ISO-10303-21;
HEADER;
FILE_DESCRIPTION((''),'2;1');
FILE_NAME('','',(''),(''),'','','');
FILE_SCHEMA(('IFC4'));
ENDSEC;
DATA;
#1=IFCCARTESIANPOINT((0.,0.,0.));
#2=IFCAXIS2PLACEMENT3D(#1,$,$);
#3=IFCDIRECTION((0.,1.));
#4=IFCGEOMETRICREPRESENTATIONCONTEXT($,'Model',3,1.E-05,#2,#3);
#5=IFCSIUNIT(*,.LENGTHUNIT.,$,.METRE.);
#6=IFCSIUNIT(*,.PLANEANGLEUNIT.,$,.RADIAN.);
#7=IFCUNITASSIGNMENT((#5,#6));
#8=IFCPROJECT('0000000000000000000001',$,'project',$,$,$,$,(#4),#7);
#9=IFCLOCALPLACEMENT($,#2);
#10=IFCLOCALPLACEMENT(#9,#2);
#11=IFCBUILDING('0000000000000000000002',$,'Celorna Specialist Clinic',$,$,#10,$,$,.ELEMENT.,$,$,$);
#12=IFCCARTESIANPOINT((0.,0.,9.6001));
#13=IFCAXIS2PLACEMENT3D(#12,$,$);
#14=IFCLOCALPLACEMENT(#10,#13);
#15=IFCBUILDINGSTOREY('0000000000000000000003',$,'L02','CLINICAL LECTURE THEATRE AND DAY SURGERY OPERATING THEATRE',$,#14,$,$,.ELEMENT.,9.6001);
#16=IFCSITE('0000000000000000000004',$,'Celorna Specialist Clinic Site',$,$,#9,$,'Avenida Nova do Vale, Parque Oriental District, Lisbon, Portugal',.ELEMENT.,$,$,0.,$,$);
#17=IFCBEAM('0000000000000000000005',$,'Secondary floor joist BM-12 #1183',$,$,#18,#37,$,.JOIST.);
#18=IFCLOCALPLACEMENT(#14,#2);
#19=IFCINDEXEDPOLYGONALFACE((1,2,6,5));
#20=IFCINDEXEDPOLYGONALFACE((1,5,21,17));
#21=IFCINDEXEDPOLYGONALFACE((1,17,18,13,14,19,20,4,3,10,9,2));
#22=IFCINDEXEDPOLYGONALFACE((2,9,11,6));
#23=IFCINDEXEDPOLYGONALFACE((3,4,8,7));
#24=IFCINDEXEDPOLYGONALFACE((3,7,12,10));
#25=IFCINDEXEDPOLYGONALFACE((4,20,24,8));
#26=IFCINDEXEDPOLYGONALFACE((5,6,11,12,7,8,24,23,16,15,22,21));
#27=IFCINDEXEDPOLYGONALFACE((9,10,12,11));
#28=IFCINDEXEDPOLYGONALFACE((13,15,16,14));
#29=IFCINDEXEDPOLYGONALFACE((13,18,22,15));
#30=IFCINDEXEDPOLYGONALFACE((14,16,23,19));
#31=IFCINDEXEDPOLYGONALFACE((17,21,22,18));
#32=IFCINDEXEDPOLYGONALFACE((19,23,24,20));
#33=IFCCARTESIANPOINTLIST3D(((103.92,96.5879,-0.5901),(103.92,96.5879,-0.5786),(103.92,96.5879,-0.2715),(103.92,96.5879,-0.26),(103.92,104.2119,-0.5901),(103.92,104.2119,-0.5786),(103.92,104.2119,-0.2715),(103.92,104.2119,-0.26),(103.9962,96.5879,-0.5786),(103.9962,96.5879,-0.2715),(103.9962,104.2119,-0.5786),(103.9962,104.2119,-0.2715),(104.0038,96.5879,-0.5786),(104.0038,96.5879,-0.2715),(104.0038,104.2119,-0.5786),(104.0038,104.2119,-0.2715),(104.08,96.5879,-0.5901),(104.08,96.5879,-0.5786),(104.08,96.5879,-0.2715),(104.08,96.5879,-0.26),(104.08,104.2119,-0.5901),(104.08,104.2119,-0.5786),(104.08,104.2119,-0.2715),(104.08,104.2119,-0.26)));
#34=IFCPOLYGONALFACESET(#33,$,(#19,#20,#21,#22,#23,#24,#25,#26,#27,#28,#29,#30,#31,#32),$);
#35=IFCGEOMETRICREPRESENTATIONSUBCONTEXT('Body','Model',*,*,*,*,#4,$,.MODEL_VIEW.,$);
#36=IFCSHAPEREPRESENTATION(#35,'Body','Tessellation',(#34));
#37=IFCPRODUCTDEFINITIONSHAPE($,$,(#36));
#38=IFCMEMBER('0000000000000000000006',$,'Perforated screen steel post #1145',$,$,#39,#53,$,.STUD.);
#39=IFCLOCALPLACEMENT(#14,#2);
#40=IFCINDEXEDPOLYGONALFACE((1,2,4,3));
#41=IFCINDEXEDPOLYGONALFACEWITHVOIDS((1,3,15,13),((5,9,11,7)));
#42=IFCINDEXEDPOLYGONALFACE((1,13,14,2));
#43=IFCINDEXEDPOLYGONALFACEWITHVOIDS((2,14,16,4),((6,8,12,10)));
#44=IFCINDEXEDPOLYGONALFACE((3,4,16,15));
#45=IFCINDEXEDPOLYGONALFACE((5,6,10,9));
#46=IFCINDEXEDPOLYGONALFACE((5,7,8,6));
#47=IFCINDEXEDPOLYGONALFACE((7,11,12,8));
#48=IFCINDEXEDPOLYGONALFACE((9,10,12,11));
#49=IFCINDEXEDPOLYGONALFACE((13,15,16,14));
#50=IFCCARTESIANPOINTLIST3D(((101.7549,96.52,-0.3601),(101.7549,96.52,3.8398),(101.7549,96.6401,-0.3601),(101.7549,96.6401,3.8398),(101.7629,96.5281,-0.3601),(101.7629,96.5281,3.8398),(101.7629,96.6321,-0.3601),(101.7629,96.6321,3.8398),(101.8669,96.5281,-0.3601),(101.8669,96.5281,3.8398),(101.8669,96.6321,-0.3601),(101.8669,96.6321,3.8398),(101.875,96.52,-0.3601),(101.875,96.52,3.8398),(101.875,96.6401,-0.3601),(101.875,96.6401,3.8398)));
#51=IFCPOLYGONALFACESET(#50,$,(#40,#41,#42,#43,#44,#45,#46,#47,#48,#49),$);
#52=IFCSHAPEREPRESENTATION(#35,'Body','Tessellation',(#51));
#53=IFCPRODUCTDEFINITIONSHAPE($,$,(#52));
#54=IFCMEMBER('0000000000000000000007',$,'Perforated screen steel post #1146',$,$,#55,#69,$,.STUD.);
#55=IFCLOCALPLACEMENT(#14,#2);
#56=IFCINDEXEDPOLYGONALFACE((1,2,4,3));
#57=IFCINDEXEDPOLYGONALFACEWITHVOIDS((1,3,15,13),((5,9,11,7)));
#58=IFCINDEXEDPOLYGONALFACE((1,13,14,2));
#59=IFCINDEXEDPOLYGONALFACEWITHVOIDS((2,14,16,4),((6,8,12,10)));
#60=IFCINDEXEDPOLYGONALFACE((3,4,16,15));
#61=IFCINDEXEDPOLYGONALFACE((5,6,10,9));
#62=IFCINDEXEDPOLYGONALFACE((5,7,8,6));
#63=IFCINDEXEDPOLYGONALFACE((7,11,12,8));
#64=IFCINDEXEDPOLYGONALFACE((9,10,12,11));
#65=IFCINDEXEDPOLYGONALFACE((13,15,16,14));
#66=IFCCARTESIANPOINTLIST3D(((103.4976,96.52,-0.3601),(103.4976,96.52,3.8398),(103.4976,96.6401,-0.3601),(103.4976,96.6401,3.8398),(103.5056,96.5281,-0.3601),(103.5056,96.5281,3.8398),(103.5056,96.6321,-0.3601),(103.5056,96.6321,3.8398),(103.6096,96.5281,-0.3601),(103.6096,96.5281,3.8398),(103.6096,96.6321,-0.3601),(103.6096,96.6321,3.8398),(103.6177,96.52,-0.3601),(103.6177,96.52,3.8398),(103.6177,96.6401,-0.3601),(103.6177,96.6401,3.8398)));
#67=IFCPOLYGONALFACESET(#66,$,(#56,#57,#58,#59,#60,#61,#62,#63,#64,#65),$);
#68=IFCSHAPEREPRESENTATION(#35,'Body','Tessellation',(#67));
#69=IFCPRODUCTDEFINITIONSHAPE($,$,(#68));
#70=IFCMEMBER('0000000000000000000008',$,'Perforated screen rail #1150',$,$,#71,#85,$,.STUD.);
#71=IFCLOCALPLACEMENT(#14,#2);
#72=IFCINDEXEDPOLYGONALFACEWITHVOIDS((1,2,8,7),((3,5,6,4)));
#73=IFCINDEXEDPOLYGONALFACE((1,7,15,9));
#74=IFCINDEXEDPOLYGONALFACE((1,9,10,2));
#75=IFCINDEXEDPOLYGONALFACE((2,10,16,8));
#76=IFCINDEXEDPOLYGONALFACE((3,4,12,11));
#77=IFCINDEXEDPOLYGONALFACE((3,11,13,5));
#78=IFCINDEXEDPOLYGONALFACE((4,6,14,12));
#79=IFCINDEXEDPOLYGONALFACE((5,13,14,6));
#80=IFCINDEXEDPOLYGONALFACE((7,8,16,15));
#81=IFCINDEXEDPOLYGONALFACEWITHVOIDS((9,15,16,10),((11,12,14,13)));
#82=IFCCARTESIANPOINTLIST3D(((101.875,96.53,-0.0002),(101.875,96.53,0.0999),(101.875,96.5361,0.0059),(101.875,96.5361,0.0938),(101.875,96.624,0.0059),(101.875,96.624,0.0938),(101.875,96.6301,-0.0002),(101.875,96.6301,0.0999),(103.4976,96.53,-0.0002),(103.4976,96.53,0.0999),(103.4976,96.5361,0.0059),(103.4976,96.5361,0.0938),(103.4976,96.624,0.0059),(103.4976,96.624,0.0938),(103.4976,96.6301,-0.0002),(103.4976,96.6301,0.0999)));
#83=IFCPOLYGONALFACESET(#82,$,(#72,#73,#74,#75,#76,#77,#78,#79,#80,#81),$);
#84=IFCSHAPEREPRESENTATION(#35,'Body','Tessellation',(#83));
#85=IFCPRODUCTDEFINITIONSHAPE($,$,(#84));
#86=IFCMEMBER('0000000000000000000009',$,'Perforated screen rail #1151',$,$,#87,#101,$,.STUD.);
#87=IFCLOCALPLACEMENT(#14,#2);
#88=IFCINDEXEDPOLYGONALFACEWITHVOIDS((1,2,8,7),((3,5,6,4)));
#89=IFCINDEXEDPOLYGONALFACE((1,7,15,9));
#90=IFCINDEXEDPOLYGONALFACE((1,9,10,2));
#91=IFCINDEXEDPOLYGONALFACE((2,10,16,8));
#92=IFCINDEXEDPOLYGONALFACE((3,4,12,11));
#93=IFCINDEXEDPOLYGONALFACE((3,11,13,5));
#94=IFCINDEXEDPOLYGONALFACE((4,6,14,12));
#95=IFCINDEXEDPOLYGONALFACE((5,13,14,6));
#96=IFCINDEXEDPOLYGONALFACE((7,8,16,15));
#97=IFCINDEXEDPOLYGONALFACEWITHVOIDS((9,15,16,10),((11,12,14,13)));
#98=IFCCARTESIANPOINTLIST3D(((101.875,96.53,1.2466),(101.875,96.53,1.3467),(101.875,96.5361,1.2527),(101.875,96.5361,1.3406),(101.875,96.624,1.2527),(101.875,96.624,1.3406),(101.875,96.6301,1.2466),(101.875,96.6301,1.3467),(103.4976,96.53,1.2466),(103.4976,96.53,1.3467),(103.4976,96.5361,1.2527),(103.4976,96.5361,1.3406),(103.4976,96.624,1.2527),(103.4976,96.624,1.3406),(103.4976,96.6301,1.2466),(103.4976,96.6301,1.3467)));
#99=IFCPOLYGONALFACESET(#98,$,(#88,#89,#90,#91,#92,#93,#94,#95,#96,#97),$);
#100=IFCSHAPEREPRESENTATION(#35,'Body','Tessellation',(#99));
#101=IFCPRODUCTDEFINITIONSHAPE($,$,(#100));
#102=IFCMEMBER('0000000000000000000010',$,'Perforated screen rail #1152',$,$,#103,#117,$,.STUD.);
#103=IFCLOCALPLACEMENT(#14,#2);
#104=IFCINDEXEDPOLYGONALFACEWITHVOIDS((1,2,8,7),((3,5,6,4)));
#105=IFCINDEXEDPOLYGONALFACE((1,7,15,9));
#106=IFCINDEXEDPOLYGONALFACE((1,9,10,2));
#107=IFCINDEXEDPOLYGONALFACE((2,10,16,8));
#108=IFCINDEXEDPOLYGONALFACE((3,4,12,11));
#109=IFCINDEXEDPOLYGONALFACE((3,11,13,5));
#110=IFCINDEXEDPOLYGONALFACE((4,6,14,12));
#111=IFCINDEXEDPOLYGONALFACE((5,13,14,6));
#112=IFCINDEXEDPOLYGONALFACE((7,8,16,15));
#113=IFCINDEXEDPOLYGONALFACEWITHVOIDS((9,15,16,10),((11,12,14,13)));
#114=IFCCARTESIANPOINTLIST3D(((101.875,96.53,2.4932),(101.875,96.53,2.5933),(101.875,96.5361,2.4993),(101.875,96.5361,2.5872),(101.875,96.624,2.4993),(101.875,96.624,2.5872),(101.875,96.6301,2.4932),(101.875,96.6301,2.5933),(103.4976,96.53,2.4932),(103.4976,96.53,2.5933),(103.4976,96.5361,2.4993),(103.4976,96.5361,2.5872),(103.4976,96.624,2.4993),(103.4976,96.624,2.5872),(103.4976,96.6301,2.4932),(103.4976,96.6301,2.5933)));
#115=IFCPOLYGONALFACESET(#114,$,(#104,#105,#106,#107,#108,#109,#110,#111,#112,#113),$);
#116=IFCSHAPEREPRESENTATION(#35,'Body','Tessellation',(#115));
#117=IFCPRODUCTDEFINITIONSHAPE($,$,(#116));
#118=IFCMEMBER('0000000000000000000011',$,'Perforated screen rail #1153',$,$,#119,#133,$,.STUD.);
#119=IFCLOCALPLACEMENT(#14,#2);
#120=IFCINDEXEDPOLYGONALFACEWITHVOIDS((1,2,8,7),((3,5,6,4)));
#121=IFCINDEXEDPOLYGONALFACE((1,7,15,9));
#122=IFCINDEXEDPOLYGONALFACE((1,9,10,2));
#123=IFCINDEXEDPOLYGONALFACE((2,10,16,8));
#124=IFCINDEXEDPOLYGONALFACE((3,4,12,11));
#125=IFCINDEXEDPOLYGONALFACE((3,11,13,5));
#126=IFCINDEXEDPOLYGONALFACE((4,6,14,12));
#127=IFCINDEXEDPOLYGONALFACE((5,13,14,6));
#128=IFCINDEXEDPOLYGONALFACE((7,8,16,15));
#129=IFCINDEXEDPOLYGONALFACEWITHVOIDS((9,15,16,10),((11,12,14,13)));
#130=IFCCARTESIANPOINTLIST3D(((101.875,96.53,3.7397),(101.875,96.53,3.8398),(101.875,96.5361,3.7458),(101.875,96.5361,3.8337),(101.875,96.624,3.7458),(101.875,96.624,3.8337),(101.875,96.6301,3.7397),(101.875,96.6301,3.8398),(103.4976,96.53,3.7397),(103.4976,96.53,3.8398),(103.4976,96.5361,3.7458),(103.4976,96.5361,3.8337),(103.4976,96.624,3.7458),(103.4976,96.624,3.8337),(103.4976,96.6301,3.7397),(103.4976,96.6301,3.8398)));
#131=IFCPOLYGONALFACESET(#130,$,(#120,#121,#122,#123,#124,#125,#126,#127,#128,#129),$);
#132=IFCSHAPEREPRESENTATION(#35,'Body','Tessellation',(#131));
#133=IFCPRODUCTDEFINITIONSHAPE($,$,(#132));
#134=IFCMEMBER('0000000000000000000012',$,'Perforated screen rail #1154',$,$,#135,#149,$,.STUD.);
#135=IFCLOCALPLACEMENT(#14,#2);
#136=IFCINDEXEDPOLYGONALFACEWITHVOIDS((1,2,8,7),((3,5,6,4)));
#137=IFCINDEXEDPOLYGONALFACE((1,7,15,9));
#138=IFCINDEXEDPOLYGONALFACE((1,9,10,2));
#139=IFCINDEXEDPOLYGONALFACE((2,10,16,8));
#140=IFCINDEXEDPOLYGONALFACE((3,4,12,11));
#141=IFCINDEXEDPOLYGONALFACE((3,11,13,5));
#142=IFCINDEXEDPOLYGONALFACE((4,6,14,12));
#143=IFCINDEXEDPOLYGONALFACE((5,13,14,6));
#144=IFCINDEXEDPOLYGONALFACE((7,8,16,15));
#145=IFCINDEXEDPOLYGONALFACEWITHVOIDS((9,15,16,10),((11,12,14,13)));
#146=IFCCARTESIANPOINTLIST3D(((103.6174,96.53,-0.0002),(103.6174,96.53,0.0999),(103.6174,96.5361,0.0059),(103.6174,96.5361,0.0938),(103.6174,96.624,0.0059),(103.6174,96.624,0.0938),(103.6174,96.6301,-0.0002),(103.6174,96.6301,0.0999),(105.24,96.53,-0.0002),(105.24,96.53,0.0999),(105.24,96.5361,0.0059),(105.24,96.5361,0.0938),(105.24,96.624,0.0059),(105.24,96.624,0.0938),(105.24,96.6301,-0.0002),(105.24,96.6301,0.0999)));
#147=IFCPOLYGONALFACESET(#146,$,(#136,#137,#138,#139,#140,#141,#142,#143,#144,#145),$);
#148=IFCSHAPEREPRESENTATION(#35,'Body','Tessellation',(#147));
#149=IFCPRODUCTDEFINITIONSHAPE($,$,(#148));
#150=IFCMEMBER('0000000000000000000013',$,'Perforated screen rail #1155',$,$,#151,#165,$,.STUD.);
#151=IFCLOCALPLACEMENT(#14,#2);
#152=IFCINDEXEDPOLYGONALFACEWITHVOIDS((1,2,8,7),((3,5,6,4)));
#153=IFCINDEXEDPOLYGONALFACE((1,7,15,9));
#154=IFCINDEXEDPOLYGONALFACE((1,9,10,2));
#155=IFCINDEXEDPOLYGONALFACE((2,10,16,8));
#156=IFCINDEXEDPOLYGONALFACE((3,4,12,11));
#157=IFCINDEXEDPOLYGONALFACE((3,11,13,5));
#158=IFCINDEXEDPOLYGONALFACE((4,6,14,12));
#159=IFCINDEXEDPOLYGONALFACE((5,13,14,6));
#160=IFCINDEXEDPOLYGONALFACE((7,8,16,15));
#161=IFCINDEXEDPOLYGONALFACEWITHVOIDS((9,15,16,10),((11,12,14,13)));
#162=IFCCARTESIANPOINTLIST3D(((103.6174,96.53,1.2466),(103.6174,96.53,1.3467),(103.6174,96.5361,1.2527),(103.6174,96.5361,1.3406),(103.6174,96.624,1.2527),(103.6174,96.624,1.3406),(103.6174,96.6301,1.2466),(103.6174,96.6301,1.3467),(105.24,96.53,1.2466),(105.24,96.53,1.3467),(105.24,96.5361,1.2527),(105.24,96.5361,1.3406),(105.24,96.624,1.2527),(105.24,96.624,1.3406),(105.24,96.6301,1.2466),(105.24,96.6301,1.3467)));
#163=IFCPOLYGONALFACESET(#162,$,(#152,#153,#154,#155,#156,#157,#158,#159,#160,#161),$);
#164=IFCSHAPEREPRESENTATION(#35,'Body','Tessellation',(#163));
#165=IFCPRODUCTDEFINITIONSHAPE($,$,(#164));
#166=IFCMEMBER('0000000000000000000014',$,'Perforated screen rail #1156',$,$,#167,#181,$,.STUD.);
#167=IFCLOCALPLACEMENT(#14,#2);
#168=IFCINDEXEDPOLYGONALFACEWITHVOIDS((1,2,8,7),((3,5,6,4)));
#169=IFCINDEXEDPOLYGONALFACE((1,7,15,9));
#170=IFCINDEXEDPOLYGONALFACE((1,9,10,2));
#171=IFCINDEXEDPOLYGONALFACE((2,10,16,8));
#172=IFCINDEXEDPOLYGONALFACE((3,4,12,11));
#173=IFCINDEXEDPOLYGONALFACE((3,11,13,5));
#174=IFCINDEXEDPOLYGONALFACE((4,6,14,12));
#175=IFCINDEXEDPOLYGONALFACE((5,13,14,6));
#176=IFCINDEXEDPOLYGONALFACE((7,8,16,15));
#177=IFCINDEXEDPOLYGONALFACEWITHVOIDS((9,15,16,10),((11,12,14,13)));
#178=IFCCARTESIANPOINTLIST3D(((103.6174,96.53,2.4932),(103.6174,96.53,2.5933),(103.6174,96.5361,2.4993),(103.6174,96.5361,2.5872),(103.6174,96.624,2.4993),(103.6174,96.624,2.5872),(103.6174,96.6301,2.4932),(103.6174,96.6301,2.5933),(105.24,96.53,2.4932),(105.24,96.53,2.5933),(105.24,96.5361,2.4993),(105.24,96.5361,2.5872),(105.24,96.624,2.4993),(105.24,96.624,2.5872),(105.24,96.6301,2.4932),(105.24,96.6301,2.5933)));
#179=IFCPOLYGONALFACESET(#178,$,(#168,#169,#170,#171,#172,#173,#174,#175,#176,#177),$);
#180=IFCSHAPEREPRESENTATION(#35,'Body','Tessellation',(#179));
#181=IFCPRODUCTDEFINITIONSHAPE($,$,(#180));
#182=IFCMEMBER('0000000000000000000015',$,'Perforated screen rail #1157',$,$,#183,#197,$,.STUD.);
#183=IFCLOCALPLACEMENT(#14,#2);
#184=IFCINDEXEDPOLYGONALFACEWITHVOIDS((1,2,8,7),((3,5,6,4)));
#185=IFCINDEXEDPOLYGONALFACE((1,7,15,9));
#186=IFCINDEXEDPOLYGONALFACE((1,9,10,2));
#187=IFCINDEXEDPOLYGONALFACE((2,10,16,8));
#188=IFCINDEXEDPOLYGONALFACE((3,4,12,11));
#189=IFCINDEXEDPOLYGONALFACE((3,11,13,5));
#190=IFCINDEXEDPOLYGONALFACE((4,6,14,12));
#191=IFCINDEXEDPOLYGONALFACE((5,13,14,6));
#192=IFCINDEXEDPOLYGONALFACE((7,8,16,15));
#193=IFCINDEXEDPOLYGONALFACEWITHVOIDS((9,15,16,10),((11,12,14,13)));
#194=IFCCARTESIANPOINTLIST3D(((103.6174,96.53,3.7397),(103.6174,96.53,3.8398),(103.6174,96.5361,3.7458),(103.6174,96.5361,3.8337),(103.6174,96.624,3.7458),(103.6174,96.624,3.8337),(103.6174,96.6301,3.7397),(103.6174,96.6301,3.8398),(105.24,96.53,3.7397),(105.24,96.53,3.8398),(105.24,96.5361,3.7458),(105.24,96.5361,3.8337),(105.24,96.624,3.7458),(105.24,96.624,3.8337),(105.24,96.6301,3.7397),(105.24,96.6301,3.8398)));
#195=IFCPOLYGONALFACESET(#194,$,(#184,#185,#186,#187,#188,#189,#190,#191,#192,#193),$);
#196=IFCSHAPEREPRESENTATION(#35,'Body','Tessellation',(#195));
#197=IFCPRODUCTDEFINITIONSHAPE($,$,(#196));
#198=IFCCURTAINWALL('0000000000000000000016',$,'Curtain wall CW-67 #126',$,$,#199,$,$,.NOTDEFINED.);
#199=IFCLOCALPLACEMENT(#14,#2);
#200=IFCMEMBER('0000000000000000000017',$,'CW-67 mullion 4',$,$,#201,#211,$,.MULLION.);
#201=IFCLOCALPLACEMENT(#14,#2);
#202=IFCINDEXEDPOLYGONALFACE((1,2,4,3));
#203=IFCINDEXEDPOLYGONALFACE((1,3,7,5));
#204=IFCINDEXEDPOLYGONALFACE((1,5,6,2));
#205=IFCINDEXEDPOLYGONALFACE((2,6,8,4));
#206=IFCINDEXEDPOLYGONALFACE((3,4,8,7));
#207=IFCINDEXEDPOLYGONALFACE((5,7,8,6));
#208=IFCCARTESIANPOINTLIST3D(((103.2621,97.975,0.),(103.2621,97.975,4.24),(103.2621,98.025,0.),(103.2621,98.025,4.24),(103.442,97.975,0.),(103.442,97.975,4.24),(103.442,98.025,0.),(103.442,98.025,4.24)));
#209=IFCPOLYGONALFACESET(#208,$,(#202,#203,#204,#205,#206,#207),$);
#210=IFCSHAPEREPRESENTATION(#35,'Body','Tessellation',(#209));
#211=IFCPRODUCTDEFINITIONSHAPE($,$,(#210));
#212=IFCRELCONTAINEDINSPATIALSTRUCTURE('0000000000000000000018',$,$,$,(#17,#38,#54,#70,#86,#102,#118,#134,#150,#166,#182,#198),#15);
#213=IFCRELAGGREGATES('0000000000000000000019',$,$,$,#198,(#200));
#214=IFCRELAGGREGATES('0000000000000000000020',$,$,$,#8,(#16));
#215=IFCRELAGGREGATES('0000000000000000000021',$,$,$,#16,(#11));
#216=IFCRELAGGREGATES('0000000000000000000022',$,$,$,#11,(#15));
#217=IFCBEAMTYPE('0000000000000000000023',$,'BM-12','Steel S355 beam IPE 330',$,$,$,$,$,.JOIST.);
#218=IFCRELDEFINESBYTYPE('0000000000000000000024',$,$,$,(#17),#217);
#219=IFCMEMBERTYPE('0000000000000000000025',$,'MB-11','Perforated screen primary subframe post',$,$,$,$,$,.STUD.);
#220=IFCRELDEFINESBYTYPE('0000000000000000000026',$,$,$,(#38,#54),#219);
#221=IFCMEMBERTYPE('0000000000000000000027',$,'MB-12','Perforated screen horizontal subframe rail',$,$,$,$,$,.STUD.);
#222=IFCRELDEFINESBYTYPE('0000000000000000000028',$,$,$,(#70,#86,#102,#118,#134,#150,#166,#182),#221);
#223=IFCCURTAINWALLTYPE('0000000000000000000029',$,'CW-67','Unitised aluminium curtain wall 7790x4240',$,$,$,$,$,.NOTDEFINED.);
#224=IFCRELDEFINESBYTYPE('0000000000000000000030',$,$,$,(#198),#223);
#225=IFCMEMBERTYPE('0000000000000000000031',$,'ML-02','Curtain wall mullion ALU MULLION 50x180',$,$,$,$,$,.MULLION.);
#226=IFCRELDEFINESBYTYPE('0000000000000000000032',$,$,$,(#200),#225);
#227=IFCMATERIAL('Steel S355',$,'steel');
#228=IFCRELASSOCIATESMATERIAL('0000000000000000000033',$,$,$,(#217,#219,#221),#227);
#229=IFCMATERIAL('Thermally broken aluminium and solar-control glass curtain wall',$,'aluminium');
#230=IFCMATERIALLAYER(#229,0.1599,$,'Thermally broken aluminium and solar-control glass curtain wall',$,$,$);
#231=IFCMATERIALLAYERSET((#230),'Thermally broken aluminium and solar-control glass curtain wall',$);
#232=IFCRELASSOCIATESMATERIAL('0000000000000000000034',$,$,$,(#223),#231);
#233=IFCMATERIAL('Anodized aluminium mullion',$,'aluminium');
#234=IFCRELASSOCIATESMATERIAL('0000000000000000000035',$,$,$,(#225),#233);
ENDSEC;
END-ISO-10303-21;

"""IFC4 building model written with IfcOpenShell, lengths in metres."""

from ifc_helpers import new_model, si_unit, direction, frame, origin, origin_2d, place, context, subcontext, project, spatial, rectangle, hollow_rectangle, i_section, extrude, material, layer, layer_set, material_profile, profile_set, type_object, element, aggregate, save


model = new_model("IFC4")

# Units and contexts
model_context = context("Model", 3, precision=1e-05, world=origin(), true_north=direction((0.0, 1.0)))
body_context = subcontext(model_context, "Body", "Model", "MODEL_VIEW")
ifc_project = project(units=[si_unit("LENGTHUNIT", "METRE"), si_unit("PLANEANGLEUNIT", "RADIAN")], contexts=[model_context])

# Site, building, storey
site_placement = place(None, origin())
site = spatial("IfcSite", under=ifc_project, at=site_placement, Name="Celorna Specialist Clinic Site", LongName="Avenida Nova do Vale, Parque Oriental District, Lisbon, Portugal", CompositionType="ELEMENT", RefElevation=0.0)
building_placement = place(site_placement, origin())
building = spatial("IfcBuilding", under=site, at=building_placement, Name="Celorna Specialist Clinic", CompositionType="ELEMENT")
storey_placement = place(building_placement, frame((0.0, 0.0, 9.6001)))
storey = spatial("IfcBuildingStorey", under=building, at=storey_placement, Name="L02", Description="CLINICAL LECTURE THEATRE AND DAY SURGERY OPERATING THEATRE", CompositionType="ELEMENT", Elevation=9.6001)

# Beam
ifc_material_1 = material(Name="Steel S355", Category="steel")
ifc_material_profile_1 = material_profile(ifc_material_1, i_section(OverallWidth=0.1599, OverallDepth=0.3301, WebThickness=0.0076, FlangeThickness=0.0115, at=origin_2d()), Name="IPE 330")
ifc_profile_set_1 = profile_set([ifc_material_profile_1], Name="Steel S355")
beam_type = type_object("IfcBeamType", Name="BM-12", Description="Steel S355 beam IPE 330", PredefinedType="JOIST", material=ifc_profile_set_1)
beam_placement = place(storey_placement, frame((104.0, 96.5879, -0.425), z_axis=(0.0, 1.0, 0.0), x_axis=(-1.0, 0.0, 0.0)))
element("IfcBeam", 1, at=beam_placement, inside=storey, type_object=beam_type, Name="Secondary floor joist BM-12 #1183", PredefinedType="JOIST", context=body_context, shape_type="SweptSolid", body=[
    extrude(i_section(OverallWidth=0.1599, OverallDepth=0.3301, WebThickness=0.0076, FlangeThickness=0.0115, at=origin_2d()), origin(), (0.0, 0.0, 1.0), 7.624),
])

# Members
ifc_material_profile_2 = material_profile(ifc_material_1, hollow_rectangle(XDim=0.1201, YDim=0.1201, WallThickness=0.0081, at=origin_2d()), Name="SHS 120x120x8")
ifc_profile_set_2 = profile_set([ifc_material_profile_2], Name="Steel S355")
member_type_1 = type_object("IfcMemberType", Name="MB-11", Description="Perforated screen primary subframe post", PredefinedType="STUD", material=ifc_profile_set_2)
for number, where, z_axis, x_axis, name in (
    (2, (101.8149, 96.5801, -0.3601), (0.0, 0.0, 1.0), (1.0, 0.0, 0.0), "Perforated screen steel post #1145"),
    (3, (103.5576, 96.5801, -0.3601), (0.0, 0.0, 1.0), (1.0, 0.0, 0.0), "Perforated screen steel post #1146"),
):
    element("IfcMember", number, at=place(storey_placement, frame(where, z_axis=z_axis, x_axis=x_axis)), inside=storey, type_object=member_type_1, Name=name, PredefinedType="STUD", context=body_context, shape_type="SweptSolid", body=[
        extrude(hollow_rectangle(XDim=0.1201, YDim=0.1201, WallThickness=0.0081, at=origin_2d()), origin(), (0.0, 0.0, 1.0), 4.2),
    ])
ifc_material_profile_3 = material_profile(ifc_material_1, hollow_rectangle(XDim=0.1001, YDim=0.1001, WallThickness=0.0061, at=origin_2d()), Name="SHS 100x100x6")
ifc_profile_set_3 = profile_set([ifc_material_profile_3], Name="Steel S355")
member_type_2 = type_object("IfcMemberType", Name="MB-12", Description="Perforated screen horizontal subframe rail", PredefinedType="STUD", material=ifc_profile_set_3)
for number, where, z_axis, x_axis, name in (
    (4, (101.875, 96.5801, 0.0498), (1.0, 0.0, 0.0), (0.0, 1.0, 0.0), "Perforated screen rail #1150"),
    (5, (101.875, 96.5801, 1.2966), (1.0, 0.0, 0.0), (0.0, 1.0, 0.0), "Perforated screen rail #1151"),
    (6, (101.875, 96.5801, 2.5432), (1.0, 0.0, 0.0), (0.0, 1.0, 0.0), "Perforated screen rail #1152"),
    (7, (101.875, 96.5801, 3.7898), (1.0, 0.0, 0.0), (0.0, 1.0, 0.0), "Perforated screen rail #1153"),
    (8, (103.6174, 96.5801, 0.0498), (1.0, 0.0, 0.0), (0.0, 1.0, 0.0), "Perforated screen rail #1154"),
    (9, (103.6174, 96.5801, 1.2966), (1.0, 0.0, 0.0), (0.0, 1.0, 0.0), "Perforated screen rail #1155"),
    (10, (103.6174, 96.5801, 2.5432), (1.0, 0.0, 0.0), (0.0, 1.0, 0.0), "Perforated screen rail #1156"),
    (11, (103.6174, 96.5801, 3.7898), (1.0, 0.0, 0.0), (0.0, 1.0, 0.0), "Perforated screen rail #1157"),
):
    element("IfcMember", number, at=place(storey_placement, frame(where, z_axis=z_axis, x_axis=x_axis)), inside=storey, type_object=member_type_2, Name=name, PredefinedType="STUD", context=body_context, shape_type="SweptSolid", body=[
        extrude(hollow_rectangle(XDim=0.1001, YDim=0.1001, WallThickness=0.0061, at=origin_2d()), origin(), (0.0, 0.0, 1.0), 1.6226),
    ])

# Curtain wall, member
ifc_material_2 = material(Name="Thermally broken aluminium and solar-control glass curtain wall", Category="aluminium")
ifc_layer_1 = layer(ifc_material_2, 0.1599, Name="Thermally broken aluminium and solar-control glass curtain wall")
ifc_layer_set_1 = layer_set([ifc_layer_1], Name="Thermally broken aluminium and solar-control glass curtain wall")
curtain_wall_type = type_object("IfcCurtainWallType", Name="CW-67", Description="Unitised aluminium curtain wall 7790x4240", PredefinedType="NOTDEFINED", material=ifc_layer_set_1)
curtain_wall_placement = place(storey_placement, origin())
curtain_wall = element("IfcCurtainWall", 12, at=curtain_wall_placement, inside=storey, type_object=curtain_wall_type, Name="Curtain wall CW-67 #126", PredefinedType="NOTDEFINED")
ifc_material_3 = material(Name="Anodized aluminium mullion", Category="aluminium")
ifc_material_profile_4 = material_profile(ifc_material_3, rectangle(XDim=0.05, YDim=0.1799, at=origin_2d()), Name="ALU MULLION 50x180")
ifc_profile_set_4 = profile_set([ifc_material_profile_4], Name="Anodized aluminium mullion")
member_type_3 = type_object("IfcMemberType", Name="ML-02", Description="Curtain wall mullion ALU MULLION 50x180", PredefinedType="MULLION", material=ifc_profile_set_4)
member_1_placement = place(storey_placement, frame((103.3521, 98.0, 0.0), z_axis=(0.0, 0.0, 1.0), x_axis=(0.0, -1.0, 0.0)))
member_1 = element("IfcMember", 13, at=member_1_placement, type_object=member_type_3, Name="CW-67 mullion 4", PredefinedType="MULLION", context=body_context, shape_type="SweptSolid", body=[
    extrude(rectangle(XDim=0.05, YDim=0.1799, at=origin_2d()), origin(), (0.0, 0.0, 1.0), 4.24),
])
aggregate(curtain_wall, [member_1])

save(model, "model.ifc")
